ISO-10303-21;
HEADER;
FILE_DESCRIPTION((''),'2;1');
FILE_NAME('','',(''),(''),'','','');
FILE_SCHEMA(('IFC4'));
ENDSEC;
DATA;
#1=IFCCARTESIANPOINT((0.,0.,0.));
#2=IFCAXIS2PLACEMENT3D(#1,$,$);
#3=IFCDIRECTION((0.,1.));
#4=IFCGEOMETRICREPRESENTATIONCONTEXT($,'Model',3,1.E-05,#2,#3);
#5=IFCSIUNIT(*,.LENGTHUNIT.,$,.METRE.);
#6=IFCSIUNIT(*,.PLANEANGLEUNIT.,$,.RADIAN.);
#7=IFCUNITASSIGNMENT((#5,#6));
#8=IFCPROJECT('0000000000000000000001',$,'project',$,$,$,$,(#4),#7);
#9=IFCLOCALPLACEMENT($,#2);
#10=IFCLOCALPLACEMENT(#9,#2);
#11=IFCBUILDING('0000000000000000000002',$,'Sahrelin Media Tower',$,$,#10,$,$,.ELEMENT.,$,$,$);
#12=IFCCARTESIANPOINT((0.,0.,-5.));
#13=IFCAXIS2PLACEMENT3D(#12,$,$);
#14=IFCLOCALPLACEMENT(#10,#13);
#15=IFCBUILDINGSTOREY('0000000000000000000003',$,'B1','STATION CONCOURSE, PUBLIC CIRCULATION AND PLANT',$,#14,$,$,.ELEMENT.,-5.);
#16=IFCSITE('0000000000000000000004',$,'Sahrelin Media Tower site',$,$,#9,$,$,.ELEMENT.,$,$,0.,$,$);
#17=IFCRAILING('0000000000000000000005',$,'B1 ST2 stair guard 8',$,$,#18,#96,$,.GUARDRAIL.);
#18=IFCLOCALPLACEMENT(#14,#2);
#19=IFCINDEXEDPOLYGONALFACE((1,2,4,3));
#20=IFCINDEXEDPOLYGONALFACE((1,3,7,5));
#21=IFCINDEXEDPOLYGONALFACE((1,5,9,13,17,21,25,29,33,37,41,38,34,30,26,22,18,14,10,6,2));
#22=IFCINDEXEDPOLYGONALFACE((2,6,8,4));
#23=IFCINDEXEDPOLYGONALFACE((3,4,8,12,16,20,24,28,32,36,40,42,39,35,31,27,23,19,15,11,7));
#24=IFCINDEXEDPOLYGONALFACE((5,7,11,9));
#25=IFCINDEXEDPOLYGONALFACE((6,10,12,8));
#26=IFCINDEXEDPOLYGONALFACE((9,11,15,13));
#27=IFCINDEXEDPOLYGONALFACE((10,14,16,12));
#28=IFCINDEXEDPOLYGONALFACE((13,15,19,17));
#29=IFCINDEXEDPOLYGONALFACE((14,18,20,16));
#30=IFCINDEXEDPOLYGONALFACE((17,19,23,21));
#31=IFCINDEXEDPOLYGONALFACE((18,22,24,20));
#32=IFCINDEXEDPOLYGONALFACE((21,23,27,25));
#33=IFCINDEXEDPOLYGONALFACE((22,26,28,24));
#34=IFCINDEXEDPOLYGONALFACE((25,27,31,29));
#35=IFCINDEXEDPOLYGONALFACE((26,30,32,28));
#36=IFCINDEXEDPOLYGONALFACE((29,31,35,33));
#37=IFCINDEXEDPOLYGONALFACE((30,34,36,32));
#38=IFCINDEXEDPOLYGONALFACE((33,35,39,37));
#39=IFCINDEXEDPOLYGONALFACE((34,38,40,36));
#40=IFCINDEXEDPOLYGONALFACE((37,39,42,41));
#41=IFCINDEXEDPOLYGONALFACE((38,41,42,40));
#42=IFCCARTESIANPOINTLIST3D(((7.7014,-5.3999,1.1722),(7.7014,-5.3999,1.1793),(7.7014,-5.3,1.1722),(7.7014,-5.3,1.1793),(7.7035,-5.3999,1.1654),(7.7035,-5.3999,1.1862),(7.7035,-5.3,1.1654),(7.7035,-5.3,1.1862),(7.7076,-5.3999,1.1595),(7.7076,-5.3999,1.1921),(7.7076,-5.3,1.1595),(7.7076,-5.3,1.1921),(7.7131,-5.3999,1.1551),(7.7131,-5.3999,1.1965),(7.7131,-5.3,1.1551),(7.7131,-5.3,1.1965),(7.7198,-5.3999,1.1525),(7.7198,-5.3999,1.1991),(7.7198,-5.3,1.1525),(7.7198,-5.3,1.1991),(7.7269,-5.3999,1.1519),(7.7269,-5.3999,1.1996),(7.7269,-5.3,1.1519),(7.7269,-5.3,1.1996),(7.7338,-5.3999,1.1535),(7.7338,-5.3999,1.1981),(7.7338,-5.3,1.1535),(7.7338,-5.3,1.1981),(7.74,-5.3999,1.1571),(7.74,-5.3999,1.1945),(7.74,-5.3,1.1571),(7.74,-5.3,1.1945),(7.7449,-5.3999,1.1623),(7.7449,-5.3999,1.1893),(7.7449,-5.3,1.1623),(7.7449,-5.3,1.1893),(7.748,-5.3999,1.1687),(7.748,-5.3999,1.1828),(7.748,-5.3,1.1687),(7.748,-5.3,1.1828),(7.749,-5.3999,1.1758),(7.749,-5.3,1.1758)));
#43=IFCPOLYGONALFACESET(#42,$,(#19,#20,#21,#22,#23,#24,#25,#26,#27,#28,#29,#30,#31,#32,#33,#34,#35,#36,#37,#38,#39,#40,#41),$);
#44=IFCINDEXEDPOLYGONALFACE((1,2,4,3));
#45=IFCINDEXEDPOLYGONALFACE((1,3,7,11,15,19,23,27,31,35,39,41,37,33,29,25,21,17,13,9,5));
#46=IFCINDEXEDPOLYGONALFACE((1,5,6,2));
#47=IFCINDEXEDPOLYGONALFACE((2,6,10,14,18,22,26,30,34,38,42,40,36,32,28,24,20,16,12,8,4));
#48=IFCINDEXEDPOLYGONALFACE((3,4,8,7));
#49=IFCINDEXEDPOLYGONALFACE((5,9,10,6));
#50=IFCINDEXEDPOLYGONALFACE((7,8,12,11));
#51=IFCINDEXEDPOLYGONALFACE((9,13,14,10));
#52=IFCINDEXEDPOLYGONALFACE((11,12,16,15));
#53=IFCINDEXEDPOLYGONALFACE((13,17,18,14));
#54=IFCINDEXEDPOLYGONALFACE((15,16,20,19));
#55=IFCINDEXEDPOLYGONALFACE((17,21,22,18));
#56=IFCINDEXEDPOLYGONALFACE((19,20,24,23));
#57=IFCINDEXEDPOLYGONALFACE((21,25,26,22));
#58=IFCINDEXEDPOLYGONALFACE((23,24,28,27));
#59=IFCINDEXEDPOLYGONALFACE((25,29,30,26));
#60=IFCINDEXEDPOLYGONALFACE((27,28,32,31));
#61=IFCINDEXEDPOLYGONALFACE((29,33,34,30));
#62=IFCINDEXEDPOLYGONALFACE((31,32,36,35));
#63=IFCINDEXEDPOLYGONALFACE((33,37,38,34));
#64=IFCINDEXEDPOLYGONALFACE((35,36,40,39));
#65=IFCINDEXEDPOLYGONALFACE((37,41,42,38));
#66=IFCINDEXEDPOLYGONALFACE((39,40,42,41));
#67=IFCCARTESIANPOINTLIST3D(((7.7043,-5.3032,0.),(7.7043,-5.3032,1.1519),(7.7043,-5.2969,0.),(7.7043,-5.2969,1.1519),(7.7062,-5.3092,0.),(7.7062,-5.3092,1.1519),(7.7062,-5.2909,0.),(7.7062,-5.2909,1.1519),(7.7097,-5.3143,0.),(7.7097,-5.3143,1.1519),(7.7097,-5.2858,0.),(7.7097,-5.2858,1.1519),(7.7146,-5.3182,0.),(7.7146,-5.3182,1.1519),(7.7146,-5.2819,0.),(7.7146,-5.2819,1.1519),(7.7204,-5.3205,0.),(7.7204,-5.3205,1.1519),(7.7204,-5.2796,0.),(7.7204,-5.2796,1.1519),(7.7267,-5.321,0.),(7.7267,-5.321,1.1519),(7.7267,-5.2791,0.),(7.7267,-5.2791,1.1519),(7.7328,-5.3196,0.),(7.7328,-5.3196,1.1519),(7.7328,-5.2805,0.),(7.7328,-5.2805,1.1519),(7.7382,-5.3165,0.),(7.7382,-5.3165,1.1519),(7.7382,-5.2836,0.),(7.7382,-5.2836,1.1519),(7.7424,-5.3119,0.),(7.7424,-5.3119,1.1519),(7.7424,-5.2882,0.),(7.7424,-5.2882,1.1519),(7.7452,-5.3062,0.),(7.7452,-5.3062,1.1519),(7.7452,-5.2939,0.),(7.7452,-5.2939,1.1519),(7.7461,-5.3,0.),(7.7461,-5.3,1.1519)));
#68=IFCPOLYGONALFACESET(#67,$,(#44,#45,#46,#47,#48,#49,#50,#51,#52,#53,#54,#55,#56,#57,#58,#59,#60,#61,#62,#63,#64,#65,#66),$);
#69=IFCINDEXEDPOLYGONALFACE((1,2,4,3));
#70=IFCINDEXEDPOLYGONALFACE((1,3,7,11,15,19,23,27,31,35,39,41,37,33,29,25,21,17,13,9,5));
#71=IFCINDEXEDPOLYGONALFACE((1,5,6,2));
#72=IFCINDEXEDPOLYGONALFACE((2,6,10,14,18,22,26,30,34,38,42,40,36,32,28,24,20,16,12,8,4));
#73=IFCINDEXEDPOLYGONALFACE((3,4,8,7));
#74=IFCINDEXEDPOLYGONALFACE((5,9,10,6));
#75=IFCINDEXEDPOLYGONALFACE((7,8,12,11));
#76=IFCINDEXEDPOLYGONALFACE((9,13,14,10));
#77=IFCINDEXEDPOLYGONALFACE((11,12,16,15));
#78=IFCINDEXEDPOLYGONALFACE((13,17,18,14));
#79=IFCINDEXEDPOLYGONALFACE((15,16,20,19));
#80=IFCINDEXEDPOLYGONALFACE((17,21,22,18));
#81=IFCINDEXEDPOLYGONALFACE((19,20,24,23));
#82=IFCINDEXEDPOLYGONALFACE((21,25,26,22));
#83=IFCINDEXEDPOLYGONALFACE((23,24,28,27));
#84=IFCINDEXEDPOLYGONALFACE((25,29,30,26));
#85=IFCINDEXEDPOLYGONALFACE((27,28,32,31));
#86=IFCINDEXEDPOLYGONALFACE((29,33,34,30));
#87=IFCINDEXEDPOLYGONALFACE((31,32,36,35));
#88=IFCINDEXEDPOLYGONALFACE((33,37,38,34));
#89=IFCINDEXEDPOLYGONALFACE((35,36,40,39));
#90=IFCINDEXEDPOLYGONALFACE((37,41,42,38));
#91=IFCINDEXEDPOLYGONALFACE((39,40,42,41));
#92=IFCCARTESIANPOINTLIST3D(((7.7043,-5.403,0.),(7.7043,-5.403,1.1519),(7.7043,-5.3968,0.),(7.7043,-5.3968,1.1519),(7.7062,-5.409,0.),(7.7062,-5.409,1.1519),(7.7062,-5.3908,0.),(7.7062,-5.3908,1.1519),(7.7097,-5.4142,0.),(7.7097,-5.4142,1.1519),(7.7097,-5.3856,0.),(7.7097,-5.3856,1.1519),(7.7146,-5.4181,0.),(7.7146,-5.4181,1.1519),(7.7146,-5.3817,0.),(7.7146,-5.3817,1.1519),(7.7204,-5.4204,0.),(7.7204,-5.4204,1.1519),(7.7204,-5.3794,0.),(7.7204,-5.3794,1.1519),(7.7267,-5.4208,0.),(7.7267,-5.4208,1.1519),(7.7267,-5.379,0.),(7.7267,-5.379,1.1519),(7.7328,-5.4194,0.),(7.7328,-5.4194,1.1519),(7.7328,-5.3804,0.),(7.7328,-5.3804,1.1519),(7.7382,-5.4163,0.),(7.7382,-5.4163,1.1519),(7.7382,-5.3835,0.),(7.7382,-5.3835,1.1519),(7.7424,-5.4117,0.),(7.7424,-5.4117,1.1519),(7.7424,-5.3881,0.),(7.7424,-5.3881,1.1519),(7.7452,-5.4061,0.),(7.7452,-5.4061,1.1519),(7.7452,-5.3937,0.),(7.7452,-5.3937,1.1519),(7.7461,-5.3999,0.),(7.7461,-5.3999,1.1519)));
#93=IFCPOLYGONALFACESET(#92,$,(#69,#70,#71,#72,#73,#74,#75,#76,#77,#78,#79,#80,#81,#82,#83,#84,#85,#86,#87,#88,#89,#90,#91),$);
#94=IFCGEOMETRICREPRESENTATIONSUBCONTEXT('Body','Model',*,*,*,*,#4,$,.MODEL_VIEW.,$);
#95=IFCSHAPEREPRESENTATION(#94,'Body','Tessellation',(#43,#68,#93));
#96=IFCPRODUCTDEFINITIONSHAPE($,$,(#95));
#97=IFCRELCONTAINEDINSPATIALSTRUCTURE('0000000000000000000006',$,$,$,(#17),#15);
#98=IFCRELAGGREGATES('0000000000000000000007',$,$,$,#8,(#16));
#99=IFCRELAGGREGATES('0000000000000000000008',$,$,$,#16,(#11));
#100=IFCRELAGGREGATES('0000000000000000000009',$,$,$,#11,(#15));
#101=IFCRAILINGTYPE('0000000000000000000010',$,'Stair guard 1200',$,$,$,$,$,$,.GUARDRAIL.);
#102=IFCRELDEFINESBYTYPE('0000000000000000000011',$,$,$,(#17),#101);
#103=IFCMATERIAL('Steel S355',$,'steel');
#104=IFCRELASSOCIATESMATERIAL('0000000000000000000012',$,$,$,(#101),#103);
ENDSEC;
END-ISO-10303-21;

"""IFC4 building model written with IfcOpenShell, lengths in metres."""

from ifc_helpers import new_model, si_unit, direction, frame, origin, origin_2d, place, context, subcontext, project, spatial, circle, extrude, material, type_object, element, save


model = new_model("IFC4")

# Units and contexts
model_context = context("Model", 3, precision=1e-05, world=origin(), true_north=direction((0.0, 1.0)))
body_context = subcontext(model_context, "Body", "Model", "MODEL_VIEW")
ifc_project = project(units=[si_unit("LENGTHUNIT", "METRE"), si_unit("PLANEANGLEUNIT", "RADIAN")], contexts=[model_context])

# Site, building, storey
site_placement = place(None, origin())
site = spatial("IfcSite", under=ifc_project, at=site_placement, Name="Sahrelin Media Tower site", CompositionType="ELEMENT", RefElevation=0.0)
building_placement = place(site_placement, origin())
building = spatial("IfcBuilding", under=site, at=building_placement, Name="Sahrelin Media Tower", CompositionType="ELEMENT")
storey_placement = place(building_placement, frame((0.0, 0.0, -5.0)))
storey = spatial("IfcBuildingStorey", under=building, at=storey_placement, Name="B1", Description="STATION CONCOURSE, PUBLIC CIRCULATION AND PLANT", CompositionType="ELEMENT", Elevation=-5.0)

# Railing
ifc_material_1 = material(Name="Steel S355", Category="steel")
railing_type_1 = type_object("IfcRailingType", Name="Stair guard 1200", PredefinedType="GUARDRAIL", material=ifc_material_1)
railing_1_placement = place(storey_placement, frame((7.7251, -5.3, 0.0)))
element("IfcRailing", 1, at=railing_1_placement, inside=storey, type_object=railing_type_1, Name="B1 ST2 stair guard 8", PredefinedType="GUARDRAIL", context=body_context, shape_type="SweptSolid", body=[
    extrude(circle(Radius=0.0239, at=origin_2d()), frame((0.0, 0.0, 1.1758), z_axis=(0.0, -1.0, 0.0), x_axis=(1.0, 0.0, 0.0)), (0.0, 0.0, 1.0), 0.0999),
    extrude(circle(Radius=0.021, at=origin_2d()), origin(), (0.0, 0.0, 1.0), 1.1519),
    extrude(circle(Radius=0.021, at=origin_2d()), frame((0.0, -0.0999, 0.0)), (0.0, 0.0, 1.0), 1.1519),
])

save(model, "model.ifc")
